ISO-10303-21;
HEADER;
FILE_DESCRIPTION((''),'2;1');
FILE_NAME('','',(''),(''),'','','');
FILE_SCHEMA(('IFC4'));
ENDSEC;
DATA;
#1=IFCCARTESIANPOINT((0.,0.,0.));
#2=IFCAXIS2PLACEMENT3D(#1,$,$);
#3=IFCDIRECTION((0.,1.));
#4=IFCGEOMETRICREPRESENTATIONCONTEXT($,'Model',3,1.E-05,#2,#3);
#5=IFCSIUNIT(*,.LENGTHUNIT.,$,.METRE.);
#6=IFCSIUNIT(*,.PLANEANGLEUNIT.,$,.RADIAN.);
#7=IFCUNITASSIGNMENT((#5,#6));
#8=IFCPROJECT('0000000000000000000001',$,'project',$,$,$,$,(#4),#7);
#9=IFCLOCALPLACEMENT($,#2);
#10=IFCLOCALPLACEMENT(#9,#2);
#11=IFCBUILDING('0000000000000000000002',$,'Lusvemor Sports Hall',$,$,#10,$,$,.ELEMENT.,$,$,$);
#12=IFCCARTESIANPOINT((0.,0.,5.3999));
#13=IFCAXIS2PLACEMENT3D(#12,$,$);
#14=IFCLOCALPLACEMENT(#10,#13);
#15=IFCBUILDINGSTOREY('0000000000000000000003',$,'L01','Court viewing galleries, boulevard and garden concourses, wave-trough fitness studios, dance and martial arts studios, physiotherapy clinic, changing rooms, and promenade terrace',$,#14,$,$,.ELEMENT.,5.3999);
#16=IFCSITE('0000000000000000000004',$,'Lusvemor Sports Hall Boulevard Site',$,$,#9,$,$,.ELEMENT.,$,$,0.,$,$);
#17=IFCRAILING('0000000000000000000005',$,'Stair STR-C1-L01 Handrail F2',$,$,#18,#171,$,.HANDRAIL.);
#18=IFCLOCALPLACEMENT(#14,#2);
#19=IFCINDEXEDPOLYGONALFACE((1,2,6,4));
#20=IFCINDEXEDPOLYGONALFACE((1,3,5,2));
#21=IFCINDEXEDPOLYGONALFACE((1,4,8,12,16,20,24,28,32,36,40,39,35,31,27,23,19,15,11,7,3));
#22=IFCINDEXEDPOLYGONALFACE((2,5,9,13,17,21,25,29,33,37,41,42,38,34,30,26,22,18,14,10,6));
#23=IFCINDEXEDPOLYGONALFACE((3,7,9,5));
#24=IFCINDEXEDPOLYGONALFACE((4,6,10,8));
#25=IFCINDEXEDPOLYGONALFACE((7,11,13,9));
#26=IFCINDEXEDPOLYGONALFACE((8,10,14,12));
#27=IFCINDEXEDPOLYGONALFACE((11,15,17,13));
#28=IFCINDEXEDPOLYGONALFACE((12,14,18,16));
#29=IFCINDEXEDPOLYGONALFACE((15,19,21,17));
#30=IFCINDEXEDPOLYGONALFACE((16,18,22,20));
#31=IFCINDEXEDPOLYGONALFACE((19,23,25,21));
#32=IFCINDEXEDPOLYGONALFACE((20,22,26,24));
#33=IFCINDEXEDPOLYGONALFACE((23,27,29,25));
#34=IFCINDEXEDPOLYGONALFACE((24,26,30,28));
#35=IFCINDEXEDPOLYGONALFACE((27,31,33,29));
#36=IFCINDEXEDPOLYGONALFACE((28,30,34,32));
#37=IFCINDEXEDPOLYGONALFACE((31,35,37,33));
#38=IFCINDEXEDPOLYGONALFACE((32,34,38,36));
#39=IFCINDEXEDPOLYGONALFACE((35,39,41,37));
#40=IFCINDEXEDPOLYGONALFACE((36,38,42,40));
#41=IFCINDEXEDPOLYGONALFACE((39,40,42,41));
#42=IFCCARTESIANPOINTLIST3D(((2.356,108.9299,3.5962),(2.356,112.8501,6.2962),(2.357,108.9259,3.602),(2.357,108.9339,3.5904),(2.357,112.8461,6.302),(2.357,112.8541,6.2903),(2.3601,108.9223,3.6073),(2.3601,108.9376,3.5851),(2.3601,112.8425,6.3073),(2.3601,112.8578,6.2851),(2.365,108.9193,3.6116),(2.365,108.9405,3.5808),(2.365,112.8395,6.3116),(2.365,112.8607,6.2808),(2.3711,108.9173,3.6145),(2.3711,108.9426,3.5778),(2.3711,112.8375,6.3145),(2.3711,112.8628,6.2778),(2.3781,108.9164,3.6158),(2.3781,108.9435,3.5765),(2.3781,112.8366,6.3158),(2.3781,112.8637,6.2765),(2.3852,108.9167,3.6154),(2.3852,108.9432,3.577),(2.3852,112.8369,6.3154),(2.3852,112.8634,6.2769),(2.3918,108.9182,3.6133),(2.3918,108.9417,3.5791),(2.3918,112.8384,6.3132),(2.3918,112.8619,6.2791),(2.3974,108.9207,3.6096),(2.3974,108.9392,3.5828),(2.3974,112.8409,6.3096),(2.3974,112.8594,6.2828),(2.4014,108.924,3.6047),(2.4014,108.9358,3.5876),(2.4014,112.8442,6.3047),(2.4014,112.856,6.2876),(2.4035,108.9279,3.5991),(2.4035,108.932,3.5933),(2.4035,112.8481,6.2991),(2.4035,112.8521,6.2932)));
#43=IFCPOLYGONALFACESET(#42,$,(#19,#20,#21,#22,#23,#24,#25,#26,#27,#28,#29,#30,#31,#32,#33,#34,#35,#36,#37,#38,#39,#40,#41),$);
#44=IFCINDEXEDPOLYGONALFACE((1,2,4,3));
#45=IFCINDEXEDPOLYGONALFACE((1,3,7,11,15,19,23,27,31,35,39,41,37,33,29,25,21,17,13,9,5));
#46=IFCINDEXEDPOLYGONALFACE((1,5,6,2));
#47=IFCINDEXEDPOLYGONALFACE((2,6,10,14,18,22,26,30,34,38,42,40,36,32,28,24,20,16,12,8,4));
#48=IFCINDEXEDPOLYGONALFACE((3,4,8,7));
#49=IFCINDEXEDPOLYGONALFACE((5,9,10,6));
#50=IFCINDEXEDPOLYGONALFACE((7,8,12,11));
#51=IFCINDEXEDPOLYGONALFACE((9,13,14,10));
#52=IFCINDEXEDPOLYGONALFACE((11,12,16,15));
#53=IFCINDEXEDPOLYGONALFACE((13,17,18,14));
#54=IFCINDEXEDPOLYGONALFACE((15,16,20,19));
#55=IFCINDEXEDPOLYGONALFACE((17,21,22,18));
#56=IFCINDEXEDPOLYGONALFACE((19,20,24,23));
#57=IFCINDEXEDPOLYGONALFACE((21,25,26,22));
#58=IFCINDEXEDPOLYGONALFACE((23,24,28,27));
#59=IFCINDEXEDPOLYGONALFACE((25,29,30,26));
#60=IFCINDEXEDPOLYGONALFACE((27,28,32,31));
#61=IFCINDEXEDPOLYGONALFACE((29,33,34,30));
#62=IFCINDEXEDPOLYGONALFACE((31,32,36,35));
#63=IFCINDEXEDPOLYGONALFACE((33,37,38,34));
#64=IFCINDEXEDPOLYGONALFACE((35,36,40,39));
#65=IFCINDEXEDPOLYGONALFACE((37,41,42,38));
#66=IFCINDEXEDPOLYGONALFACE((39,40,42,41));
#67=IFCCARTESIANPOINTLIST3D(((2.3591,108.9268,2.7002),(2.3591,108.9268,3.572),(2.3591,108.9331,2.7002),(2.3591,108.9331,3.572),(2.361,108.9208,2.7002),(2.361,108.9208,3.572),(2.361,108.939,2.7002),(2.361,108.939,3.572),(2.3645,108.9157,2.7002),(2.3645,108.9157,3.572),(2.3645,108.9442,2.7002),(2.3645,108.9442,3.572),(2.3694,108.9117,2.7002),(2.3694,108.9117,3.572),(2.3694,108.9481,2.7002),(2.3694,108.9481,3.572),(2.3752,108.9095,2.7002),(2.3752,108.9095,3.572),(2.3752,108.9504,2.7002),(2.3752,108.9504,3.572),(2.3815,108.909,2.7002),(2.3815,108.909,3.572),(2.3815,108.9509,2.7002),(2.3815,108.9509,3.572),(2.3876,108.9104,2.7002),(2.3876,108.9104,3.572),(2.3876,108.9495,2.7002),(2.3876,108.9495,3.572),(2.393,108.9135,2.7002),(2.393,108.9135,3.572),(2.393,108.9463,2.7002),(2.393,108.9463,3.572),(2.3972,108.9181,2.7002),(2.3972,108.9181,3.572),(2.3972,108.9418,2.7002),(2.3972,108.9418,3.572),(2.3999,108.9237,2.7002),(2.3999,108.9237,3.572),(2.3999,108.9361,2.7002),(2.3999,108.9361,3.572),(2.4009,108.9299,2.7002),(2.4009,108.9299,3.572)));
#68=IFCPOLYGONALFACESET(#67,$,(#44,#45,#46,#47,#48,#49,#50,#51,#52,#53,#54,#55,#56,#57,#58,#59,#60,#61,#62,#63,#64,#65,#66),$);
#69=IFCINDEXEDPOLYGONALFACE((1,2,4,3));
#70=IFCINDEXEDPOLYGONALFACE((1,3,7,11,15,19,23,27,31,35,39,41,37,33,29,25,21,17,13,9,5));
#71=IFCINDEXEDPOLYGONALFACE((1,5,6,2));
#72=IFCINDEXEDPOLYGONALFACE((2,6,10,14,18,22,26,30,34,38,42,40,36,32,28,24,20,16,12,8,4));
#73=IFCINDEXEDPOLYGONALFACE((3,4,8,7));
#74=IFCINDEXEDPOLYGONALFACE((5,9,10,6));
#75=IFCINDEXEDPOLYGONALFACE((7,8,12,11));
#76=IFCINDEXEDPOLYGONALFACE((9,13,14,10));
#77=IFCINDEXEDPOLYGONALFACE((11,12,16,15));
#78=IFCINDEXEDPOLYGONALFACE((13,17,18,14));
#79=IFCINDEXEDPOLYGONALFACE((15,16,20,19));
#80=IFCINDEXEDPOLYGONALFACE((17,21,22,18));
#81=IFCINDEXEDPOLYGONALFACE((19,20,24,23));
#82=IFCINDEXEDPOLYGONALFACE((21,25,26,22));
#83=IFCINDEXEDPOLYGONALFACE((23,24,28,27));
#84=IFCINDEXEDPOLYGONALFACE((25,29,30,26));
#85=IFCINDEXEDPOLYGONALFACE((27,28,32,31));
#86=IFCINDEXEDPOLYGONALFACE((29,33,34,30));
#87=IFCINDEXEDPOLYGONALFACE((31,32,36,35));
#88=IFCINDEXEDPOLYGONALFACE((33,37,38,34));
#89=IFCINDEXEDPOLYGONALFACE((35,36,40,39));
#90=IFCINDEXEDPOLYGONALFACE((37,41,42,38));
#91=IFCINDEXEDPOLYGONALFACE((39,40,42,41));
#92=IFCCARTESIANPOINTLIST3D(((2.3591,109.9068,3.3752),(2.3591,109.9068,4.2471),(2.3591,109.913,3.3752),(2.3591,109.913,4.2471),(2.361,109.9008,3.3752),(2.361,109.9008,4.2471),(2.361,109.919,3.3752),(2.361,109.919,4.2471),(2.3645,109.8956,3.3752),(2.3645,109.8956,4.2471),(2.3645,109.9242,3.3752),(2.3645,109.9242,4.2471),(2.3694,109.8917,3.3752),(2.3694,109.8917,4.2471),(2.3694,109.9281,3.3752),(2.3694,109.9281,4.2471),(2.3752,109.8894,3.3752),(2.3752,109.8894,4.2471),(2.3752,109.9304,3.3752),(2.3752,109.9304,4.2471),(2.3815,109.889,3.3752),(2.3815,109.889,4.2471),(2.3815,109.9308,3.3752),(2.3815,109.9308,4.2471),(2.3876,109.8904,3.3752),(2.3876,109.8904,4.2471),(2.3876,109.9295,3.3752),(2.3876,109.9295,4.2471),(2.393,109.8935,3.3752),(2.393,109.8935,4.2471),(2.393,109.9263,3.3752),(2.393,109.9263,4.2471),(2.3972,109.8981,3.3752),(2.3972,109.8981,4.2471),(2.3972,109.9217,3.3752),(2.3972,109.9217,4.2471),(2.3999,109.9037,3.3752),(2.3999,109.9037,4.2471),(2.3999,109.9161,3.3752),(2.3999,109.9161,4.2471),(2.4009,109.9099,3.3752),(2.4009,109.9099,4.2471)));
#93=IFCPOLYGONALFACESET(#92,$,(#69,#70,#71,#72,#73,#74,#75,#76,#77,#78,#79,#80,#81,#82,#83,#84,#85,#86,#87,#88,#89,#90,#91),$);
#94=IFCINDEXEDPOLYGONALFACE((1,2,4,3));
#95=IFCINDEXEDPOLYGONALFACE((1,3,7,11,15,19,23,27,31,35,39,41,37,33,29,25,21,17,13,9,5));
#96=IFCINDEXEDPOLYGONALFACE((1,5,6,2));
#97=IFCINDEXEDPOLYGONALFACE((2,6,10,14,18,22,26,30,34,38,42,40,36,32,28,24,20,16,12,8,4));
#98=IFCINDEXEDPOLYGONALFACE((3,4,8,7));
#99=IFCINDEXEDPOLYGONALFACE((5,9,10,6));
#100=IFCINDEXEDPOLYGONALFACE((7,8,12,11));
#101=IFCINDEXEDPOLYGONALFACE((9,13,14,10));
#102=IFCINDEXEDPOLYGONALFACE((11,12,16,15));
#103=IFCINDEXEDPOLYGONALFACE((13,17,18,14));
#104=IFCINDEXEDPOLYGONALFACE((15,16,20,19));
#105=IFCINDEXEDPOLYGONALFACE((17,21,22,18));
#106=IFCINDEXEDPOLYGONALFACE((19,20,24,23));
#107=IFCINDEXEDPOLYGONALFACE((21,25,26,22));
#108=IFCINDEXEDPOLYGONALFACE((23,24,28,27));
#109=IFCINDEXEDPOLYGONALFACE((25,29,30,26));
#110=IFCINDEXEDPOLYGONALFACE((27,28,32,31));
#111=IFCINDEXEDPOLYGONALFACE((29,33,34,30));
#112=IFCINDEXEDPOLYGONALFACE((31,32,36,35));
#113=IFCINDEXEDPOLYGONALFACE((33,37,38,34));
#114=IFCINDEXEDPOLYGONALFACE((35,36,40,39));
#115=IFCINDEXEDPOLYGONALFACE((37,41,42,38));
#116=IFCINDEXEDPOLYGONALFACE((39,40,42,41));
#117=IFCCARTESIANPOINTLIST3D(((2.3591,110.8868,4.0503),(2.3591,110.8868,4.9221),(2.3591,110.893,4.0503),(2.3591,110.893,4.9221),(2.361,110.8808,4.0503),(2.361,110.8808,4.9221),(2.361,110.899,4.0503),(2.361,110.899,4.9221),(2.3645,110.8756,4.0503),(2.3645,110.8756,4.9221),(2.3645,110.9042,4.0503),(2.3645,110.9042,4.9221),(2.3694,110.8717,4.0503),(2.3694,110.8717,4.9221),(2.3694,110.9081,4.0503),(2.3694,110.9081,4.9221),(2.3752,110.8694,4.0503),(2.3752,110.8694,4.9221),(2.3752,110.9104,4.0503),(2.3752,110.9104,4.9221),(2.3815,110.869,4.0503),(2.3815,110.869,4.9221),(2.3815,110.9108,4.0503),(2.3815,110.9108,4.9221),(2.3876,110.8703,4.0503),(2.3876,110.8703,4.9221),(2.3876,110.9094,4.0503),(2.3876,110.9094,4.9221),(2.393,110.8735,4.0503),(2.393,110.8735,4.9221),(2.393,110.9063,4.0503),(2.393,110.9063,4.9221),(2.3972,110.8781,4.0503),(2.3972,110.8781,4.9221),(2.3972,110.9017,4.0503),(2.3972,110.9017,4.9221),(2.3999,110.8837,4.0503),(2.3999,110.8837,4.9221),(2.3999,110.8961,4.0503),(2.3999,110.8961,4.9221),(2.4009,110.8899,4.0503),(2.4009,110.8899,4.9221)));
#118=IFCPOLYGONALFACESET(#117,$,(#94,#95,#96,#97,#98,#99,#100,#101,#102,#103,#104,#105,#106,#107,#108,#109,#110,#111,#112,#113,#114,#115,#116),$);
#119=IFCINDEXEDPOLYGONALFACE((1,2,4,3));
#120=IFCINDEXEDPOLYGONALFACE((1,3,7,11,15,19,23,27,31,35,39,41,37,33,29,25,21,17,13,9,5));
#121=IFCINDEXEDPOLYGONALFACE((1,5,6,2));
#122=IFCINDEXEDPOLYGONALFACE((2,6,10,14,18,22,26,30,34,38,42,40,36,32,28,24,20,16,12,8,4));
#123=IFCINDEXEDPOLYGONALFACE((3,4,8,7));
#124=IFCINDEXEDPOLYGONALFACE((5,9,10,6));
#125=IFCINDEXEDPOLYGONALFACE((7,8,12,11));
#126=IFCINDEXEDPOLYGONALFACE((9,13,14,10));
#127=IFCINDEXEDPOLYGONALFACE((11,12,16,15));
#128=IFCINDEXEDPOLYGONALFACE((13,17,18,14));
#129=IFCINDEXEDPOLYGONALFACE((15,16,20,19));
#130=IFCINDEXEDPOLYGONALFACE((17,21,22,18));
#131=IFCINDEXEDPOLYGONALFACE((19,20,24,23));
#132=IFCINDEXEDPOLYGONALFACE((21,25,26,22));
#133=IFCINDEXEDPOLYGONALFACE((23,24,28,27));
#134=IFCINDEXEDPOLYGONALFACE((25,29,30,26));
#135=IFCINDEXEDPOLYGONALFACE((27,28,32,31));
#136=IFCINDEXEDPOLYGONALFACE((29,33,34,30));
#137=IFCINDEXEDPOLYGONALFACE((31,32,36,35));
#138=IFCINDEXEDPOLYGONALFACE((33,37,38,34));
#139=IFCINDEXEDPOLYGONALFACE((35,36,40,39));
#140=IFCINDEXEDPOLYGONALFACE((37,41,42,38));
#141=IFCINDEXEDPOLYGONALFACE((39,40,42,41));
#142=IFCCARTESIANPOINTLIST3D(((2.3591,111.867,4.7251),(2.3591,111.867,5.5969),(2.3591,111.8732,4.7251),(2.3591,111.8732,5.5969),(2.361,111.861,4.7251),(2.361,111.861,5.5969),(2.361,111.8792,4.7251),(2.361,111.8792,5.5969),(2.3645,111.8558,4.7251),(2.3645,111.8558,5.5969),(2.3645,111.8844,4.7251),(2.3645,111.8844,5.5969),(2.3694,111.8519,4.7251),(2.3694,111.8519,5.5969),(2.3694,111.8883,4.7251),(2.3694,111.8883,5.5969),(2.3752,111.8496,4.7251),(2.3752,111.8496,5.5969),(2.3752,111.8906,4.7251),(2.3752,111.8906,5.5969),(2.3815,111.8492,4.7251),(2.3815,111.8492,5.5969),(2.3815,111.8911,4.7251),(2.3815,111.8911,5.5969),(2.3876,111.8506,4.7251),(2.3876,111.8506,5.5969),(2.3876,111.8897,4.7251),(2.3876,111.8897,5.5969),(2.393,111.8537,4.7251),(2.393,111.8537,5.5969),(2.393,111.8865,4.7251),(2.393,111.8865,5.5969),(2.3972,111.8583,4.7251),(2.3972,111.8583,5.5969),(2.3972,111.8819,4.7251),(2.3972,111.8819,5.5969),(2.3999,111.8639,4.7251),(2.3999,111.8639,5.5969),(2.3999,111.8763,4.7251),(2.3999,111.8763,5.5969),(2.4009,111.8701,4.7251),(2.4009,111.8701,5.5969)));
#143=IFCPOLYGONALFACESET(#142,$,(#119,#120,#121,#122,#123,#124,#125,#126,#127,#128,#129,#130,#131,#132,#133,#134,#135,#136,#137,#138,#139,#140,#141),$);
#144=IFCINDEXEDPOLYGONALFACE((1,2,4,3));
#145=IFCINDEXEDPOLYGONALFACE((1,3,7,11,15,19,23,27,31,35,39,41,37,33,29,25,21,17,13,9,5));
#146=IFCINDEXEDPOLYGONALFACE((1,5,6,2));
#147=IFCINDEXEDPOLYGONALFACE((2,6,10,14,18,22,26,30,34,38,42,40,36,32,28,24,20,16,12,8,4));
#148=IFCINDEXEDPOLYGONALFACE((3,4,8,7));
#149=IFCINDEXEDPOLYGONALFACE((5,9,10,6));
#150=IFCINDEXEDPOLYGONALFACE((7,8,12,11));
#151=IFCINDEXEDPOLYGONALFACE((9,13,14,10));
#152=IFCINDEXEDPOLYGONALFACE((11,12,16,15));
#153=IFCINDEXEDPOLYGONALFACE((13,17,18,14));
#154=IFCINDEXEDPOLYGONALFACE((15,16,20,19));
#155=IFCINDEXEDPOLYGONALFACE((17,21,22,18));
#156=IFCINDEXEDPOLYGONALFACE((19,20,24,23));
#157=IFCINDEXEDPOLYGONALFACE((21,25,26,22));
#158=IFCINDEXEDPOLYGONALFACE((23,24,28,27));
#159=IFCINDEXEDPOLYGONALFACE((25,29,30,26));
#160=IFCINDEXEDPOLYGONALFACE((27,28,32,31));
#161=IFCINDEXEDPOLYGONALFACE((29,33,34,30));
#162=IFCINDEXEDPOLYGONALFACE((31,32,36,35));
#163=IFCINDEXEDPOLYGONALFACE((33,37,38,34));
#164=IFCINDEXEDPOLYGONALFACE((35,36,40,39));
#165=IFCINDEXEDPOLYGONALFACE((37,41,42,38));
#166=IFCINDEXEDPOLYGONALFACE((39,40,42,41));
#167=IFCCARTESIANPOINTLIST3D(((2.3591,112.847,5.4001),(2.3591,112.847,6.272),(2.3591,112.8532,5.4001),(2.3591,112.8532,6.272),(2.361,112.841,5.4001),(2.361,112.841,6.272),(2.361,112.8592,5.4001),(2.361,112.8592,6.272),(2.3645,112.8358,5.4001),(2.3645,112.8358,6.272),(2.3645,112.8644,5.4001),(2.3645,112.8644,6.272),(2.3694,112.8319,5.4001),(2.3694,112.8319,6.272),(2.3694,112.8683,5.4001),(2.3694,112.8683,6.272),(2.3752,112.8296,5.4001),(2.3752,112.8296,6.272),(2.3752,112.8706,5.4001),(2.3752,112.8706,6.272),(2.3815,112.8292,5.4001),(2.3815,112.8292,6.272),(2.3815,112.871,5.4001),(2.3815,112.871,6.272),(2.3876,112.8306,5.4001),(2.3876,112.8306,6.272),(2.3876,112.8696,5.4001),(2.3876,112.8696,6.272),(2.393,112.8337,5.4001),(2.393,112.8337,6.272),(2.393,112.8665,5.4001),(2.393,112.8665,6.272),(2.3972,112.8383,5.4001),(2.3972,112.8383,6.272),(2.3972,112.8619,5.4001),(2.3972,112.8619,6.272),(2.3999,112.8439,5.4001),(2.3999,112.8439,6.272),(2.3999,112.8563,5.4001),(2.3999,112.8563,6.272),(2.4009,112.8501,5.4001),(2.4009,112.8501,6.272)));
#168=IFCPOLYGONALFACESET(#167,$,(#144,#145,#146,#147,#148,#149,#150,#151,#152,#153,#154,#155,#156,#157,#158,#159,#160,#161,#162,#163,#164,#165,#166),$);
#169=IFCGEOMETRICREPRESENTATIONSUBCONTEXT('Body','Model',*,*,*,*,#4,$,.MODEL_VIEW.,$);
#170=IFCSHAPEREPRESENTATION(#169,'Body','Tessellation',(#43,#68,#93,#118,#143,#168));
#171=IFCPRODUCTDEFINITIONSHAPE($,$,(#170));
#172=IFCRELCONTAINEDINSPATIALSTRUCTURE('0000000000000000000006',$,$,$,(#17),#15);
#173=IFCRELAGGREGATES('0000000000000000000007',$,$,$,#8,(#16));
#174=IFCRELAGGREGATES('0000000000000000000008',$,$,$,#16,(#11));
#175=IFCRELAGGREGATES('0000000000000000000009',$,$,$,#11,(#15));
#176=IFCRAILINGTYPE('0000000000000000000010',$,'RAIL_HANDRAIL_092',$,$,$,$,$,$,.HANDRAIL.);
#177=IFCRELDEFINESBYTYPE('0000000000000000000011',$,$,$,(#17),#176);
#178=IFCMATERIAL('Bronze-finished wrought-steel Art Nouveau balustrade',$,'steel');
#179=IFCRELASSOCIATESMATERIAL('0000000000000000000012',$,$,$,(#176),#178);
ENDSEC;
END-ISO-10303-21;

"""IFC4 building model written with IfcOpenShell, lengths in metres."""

from ifc_helpers import new_model, si_unit, direction, frame, origin, origin_2d, place, context, subcontext, project, spatial, circle, extrude, material, type_object, element, save


model = new_model("IFC4")

# Units and contexts
model_context = context("Model", 3, precision=1e-05, world=origin(), true_north=direction((0.0, 1.0)))
body_context = subcontext(model_context, "Body", "Model", "MODEL_VIEW")
ifc_project = project(units=[si_unit("LENGTHUNIT", "METRE"), si_unit("PLANEANGLEUNIT", "RADIAN")], contexts=[model_context])

# Site, building, storey
site_placement = place(None, origin())
site = spatial("IfcSite", under=ifc_project, at=site_placement, Name="Lusvemor Sports Hall Boulevard Site", CompositionType="ELEMENT", RefElevation=0.0)
building_placement = place(site_placement, origin())
building = spatial("IfcBuilding", under=site, at=building_placement, Name="Lusvemor Sports Hall", CompositionType="ELEMENT")
storey_placement = place(building_placement, frame((0.0, 0.0, 5.3999)))
storey = spatial("IfcBuildingStorey", under=building, at=storey_placement, Name="L01", Description="Court viewing galleries, boulevard and garden concourses, wave-trough fitness studios, dance and martial arts studios, physiotherapy clinic, changing rooms, and promenade terrace", CompositionType="ELEMENT", Elevation=5.3999)

# Railing
ifc_material_1 = material(Name="Bronze-finished wrought-steel Art Nouveau balustrade", Category="steel")
railing_type_1 = type_object("IfcRailingType", Name="RAIL_HANDRAIL_092", PredefinedType="HANDRAIL", material=ifc_material_1)
railing_1_placement = place(storey_placement, frame((2.3799, 108.9299, 2.7002)))
element("IfcRailing", 1, at=railing_1_placement, inside=storey, type_object=railing_type_1, Name="Stair STR-C1-L01 Handrail F2", PredefinedType="HANDRAIL", context=body_context, shape_type="SweptSolid", body=[
    extrude(circle(Radius=0.0239, at=origin_2d()), frame((0.0, 0.0, 0.896), z_axis=(0.0, 0.823567, 0.567219), x_axis=(-1.0, 0.0, 0.0)), (0.0, 0.0, 1.0), 4.76),
    extrude(circle(Radius=0.021, at=origin_2d()), origin(), (0.0, 0.0, 1.0), 0.8718),
    extrude(circle(Radius=0.021, at=origin_2d()), frame((0.0, 0.98, 0.675)), (0.0, 0.0, 1.0), 0.8718),
    extrude(circle(Radius=0.021, at=origin_2d()), frame((0.0, 1.96, 1.3501)), (0.0, 0.0, 1.0), 0.8718),
    extrude(circle(Radius=0.021, at=origin_2d()), frame((0.0, 2.9402, 2.0249)), (0.0, 0.0, 1.0), 0.8718),
    extrude(circle(Radius=0.021, at=origin_2d()), frame((0.0, 3.9202, 2.7)), (0.0, 0.0, 1.0), 0.8718),
])

save(model, "model.ifc")
